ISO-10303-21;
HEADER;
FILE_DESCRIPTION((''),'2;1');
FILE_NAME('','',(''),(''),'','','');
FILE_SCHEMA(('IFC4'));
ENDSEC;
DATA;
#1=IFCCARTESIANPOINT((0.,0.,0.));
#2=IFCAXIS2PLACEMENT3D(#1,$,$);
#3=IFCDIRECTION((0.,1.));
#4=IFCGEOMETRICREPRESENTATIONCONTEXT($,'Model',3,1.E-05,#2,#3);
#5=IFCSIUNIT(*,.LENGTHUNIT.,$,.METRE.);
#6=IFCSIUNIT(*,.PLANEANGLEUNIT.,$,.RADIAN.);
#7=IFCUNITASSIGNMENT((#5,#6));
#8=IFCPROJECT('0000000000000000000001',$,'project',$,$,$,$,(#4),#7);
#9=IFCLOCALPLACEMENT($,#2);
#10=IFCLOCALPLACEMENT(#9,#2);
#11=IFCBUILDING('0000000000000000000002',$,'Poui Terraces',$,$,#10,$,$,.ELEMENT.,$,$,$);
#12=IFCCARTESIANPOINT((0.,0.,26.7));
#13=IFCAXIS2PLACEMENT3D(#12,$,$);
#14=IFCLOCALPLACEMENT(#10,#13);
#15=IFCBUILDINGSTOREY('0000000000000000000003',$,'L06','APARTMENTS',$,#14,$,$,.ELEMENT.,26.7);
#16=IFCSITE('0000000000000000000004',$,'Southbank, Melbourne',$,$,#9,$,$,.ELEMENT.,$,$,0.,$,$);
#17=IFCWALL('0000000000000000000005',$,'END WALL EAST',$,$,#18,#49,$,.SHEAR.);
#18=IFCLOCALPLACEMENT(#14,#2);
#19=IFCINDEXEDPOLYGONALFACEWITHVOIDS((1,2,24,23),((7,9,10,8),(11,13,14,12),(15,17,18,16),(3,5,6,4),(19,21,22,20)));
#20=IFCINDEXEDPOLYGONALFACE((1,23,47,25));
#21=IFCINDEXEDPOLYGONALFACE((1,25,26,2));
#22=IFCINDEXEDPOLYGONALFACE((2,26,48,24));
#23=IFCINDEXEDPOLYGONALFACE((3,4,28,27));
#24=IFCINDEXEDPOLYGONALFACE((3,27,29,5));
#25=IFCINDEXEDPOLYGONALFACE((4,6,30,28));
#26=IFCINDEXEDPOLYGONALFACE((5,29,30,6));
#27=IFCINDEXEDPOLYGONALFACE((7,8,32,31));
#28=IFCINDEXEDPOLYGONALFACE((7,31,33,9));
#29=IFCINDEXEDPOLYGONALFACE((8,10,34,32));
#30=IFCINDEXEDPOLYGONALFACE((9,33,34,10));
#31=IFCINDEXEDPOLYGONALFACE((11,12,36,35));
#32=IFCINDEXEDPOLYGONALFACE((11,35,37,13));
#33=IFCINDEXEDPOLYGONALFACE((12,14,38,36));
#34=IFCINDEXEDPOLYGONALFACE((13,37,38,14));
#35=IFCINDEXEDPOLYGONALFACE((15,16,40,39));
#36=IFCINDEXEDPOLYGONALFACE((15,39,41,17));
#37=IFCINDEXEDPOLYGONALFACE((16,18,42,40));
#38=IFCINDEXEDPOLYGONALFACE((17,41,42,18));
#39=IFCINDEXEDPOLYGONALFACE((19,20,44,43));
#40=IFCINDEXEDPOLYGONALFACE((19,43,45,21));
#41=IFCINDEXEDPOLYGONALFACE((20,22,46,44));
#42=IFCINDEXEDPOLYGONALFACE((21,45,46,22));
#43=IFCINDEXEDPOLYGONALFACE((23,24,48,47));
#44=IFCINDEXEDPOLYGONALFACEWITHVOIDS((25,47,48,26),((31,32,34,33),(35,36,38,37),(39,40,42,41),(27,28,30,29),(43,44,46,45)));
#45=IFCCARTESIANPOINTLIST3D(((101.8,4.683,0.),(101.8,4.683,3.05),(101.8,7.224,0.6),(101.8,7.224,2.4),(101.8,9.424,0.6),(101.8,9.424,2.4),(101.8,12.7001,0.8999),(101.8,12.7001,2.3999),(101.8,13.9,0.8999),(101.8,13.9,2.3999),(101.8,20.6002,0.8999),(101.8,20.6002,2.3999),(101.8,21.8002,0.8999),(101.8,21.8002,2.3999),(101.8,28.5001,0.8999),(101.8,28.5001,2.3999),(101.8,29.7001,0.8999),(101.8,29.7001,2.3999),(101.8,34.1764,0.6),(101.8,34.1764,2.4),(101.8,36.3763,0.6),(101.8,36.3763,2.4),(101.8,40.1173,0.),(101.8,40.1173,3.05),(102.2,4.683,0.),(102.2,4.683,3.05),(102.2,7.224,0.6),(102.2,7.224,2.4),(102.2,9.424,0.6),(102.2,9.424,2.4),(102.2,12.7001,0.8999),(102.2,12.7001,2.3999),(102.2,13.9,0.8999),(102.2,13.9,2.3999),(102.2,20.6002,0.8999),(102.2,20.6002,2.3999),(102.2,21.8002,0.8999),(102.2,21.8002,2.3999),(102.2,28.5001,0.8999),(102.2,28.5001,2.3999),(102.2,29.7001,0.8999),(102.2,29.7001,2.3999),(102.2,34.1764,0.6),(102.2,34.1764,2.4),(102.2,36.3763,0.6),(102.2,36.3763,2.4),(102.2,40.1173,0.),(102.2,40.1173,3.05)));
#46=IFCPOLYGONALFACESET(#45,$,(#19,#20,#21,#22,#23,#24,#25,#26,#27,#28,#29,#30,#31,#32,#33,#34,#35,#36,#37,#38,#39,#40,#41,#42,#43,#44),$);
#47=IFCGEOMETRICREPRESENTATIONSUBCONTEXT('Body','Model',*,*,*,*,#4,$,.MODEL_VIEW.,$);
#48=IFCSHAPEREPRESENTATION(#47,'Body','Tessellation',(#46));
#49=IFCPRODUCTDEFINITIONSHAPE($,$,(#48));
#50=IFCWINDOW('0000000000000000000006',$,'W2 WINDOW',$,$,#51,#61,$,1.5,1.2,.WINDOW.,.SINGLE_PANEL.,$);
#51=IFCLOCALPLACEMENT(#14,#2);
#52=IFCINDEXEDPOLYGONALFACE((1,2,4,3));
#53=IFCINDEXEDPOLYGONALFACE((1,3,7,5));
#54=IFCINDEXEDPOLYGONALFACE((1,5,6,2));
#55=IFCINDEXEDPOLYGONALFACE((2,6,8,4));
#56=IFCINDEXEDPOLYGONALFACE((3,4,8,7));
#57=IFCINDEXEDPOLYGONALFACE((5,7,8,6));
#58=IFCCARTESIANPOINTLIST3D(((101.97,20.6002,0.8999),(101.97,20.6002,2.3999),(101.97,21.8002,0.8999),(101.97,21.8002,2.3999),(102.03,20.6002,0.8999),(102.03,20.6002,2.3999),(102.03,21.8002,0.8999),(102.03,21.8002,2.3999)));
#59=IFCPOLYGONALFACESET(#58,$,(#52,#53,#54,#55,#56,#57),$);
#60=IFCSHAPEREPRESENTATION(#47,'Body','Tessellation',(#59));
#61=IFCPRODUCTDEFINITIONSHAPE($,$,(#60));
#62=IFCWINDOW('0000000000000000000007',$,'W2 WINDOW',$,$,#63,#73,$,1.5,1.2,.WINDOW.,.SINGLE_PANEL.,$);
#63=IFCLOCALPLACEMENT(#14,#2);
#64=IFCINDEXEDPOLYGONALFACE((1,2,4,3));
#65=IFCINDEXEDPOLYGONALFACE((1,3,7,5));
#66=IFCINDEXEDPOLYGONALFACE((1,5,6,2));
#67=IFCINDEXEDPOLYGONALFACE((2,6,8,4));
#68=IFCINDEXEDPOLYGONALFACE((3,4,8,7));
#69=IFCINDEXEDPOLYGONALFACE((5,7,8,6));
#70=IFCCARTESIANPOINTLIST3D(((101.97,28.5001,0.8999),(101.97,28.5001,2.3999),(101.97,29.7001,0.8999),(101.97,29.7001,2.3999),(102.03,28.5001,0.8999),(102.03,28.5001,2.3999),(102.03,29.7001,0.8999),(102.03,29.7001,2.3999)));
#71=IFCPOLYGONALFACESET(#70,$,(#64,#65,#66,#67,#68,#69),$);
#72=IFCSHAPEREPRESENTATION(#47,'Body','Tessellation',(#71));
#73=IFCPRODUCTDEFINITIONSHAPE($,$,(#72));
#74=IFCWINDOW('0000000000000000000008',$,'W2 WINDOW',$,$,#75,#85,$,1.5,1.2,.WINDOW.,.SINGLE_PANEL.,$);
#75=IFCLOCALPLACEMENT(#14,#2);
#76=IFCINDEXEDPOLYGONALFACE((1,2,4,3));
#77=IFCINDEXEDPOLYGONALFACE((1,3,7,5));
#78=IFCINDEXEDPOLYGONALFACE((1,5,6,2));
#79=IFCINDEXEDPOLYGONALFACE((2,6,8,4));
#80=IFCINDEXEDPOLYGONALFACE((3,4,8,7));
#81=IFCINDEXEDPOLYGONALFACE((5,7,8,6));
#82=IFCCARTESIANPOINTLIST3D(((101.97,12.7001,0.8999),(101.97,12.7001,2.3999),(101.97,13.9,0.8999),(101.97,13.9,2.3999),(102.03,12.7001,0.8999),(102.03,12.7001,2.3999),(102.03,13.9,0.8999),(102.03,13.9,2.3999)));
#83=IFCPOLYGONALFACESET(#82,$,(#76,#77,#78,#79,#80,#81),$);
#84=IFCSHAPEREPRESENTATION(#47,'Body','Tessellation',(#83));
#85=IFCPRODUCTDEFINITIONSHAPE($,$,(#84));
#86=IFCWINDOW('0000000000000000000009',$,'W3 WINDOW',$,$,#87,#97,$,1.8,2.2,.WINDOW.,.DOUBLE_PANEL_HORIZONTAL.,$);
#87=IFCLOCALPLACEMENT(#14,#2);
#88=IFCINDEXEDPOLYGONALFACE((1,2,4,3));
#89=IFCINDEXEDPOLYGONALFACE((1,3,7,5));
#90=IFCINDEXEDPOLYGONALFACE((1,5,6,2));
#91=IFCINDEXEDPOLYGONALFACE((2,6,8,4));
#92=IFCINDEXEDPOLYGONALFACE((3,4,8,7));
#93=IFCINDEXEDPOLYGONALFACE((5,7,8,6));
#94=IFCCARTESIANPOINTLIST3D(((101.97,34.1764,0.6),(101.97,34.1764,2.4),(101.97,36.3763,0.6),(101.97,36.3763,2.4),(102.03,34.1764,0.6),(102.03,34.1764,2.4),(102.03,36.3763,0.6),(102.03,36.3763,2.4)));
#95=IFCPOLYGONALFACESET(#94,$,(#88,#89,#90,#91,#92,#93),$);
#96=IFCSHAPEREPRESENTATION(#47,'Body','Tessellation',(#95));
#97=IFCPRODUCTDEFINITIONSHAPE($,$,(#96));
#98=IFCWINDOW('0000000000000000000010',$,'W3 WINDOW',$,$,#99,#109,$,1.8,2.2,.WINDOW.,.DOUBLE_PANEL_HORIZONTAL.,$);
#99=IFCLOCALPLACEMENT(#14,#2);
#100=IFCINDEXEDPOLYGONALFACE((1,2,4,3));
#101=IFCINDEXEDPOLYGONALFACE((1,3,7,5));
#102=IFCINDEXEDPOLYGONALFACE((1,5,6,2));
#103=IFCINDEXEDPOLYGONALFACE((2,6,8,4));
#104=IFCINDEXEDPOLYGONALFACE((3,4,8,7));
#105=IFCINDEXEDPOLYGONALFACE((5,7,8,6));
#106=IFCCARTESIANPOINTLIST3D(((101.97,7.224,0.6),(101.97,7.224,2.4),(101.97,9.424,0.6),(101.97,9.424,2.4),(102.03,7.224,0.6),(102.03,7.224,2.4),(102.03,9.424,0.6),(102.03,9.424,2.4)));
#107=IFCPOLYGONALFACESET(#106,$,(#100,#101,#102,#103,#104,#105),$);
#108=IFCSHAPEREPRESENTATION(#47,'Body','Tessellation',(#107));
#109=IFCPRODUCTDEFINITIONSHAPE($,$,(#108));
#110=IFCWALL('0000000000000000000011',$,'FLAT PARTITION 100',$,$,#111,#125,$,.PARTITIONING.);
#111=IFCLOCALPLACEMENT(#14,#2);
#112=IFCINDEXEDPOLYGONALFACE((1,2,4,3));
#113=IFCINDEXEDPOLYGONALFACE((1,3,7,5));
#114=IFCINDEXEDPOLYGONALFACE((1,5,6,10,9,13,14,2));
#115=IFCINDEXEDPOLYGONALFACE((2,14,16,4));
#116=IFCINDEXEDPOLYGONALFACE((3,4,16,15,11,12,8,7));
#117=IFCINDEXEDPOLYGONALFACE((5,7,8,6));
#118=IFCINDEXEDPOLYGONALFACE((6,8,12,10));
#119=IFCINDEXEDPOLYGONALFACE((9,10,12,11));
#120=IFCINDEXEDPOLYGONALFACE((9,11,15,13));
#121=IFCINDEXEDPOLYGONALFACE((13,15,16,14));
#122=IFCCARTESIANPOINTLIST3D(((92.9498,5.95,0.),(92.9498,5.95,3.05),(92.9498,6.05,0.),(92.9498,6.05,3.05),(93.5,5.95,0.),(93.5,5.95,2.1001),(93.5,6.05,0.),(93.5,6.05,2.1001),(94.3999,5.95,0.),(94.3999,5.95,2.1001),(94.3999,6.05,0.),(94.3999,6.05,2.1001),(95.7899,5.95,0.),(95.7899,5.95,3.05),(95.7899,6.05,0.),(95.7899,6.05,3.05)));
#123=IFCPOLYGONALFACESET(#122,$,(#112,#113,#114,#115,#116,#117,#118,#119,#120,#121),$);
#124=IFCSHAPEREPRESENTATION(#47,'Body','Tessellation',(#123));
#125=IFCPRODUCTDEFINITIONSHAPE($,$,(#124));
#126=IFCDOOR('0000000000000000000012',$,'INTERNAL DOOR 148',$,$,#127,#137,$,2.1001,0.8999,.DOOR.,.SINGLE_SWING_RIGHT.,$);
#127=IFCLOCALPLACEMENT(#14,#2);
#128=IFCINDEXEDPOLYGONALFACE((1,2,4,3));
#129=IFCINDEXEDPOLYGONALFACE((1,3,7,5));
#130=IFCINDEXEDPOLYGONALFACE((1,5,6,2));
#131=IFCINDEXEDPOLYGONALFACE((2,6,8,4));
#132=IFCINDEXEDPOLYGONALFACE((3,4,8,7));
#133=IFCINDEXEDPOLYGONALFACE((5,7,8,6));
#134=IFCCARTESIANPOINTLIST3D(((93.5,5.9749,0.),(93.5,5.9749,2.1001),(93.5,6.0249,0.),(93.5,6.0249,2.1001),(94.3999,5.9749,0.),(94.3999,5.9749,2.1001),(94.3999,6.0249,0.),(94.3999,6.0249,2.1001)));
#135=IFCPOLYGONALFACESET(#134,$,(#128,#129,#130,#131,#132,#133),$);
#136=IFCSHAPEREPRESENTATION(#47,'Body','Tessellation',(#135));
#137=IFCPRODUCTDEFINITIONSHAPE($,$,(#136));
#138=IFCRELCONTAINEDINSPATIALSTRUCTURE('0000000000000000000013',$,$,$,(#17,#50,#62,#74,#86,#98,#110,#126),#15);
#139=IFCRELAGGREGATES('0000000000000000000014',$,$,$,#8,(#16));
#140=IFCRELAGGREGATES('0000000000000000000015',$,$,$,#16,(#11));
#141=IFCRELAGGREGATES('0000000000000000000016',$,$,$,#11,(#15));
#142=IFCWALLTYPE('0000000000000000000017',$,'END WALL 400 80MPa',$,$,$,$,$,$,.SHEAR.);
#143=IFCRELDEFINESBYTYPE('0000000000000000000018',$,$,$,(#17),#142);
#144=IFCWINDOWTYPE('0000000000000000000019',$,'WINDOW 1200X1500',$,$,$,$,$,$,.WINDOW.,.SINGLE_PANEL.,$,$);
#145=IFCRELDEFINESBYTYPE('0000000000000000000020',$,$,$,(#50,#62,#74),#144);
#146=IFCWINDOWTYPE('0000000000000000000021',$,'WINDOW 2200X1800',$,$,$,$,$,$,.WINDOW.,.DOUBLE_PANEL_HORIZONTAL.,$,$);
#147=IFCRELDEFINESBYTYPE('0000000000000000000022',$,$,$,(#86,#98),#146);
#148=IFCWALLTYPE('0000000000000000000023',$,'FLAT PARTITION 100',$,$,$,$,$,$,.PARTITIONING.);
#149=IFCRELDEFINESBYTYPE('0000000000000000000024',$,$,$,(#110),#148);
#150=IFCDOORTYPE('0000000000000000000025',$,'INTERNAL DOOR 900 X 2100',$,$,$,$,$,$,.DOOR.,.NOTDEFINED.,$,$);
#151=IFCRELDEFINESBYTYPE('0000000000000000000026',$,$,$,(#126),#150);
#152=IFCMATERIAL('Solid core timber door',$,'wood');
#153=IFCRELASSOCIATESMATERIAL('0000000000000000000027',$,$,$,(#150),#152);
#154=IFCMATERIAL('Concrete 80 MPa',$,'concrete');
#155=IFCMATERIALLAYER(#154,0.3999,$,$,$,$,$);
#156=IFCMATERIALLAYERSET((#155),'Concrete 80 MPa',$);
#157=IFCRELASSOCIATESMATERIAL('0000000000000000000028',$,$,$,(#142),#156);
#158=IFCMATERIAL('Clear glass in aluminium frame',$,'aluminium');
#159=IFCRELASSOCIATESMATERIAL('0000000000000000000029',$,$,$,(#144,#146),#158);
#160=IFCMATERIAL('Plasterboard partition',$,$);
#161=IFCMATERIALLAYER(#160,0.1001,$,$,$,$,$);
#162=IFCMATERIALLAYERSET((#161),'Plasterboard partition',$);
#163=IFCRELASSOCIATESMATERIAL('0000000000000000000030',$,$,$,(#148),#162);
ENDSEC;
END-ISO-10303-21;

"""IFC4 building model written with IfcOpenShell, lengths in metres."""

from ifc_helpers import new_model, si_unit, direction, frame, frame_2d, origin, place, context, subcontext, project, spatial, rectangle, extrude, material, layer, layer_set, type_object, element, fill, save


model = new_model("IFC4")

# Units and contexts
model_context = context("Model", 3, precision=1e-05, world=origin(), true_north=direction((0.0, 1.0)))
body_context = subcontext(model_context, "Body", "Model", "MODEL_VIEW")
ifc_project = project(units=[si_unit("LENGTHUNIT", "METRE"), si_unit("PLANEANGLEUNIT", "RADIAN")], contexts=[model_context])

# Site, building, storey
site_placement = place(None, origin())
site = spatial("IfcSite", under=ifc_project, at=site_placement, Name="Southbank, Melbourne", CompositionType="ELEMENT", RefElevation=0.0)
building_placement = place(site_placement, origin())
building = spatial("IfcBuilding", under=site, at=building_placement, Name="Poui Terraces", CompositionType="ELEMENT")
storey_placement = place(building_placement, frame((0.0, 0.0, 26.7)))
storey = spatial("IfcBuildingStorey", under=building, at=storey_placement, Name="L06", Description="APARTMENTS", CompositionType="ELEMENT", Elevation=26.7)

# Shared definitions
ifc_material_1 = material(Name="Concrete 80 MPa", Category="concrete")

# Shared definitions
ifc_material_2 = material(Name="Solid core timber door", Category="wood")
door_type_1 = type_object("IfcDoorType", Name="INTERNAL DOOR 900 X 2100", OperationType="NOTDEFINED", PredefinedType="DOOR", material=ifc_material_2)

# Wall, openings, windows
ifc_layer_1 = layer(ifc_material_1, 0.3999)
ifc_layer_set_1 = layer_set([ifc_layer_1], Name="Concrete 80 MPa")
wall_type_1 = type_object("IfcWallType", Name="END WALL 400 80MPa", PredefinedType="SHEAR", material=ifc_layer_set_1)
wall_1_placement = place(storey_placement, frame((102.0, 4.6829, 0.0), z_axis=(0.0, 0.0, 1.0), x_axis=(0.0, 1.0, 0.0)))
wall_1 = element("IfcWall", 1, at=wall_1_placement, inside=storey, type_object=wall_type_1, Name="END WALL EAST", PredefinedType="SHEAR", context=body_context, shape_type="SweptSolid", body=[
    extrude(rectangle(XDim=35.4343, YDim=0.3999, at=frame_2d((17.7173, 0.0))), origin(), (0.0, 0.0, 1.0), 3.05),
])
opening_1_placement = place(wall_1_placement, frame((15.9172, 0.0, 0.8999)))
opening_1 = element("IfcOpeningElement", 2, at=opening_1_placement, cuts=wall_1, PredefinedType="OPENING", context=body_context, shape_type="SweptSolid", body=[
    extrude(rectangle(XDim=1.2, YDim=1.5, at=frame_2d((0.6001, 0.75))), frame((0.0, 0.21, 0.0), z_axis=(0.0, -1.0, 0.0), x_axis=(1.0, 0.0, 0.0)), (0.0, 0.0, 1.0), 0.4199),
])
opening_2_placement = place(wall_1_placement, frame((23.8171, 0.0, 0.8999)))
opening_2 = element("IfcOpeningElement", 3, at=opening_2_placement, cuts=wall_1, PredefinedType="OPENING", context=body_context, shape_type="SweptSolid", body=[
    extrude(rectangle(XDim=1.2, YDim=1.5, at=frame_2d((0.6001, 0.75))), frame((0.0, 0.21, 0.0), z_axis=(0.0, -1.0, 0.0), x_axis=(1.0, 0.0, 0.0)), (0.0, 0.0, 1.0), 0.4199),
])
opening_3_placement = place(wall_1_placement, frame((8.0171, 0.0, 0.8999)))
opening_3 = element("IfcOpeningElement", 4, at=opening_3_placement, cuts=wall_1, PredefinedType="OPENING", context=body_context, shape_type="SweptSolid", body=[
    extrude(rectangle(XDim=1.2, YDim=1.5, at=frame_2d((0.6001, 0.75))), frame((0.0, 0.21, 0.0), z_axis=(0.0, -1.0, 0.0), x_axis=(1.0, 0.0, 0.0)), (0.0, 0.0, 1.0), 0.4199),
])
opening_4_placement = place(wall_1_placement, frame((29.4934, 0.0, 0.6001)))
opening_4 = element("IfcOpeningElement", 5, at=opening_4_placement, cuts=wall_1, PredefinedType="OPENING", context=body_context, shape_type="SweptSolid", body=[
    extrude(rectangle(XDim=2.2, YDim=1.8, at=frame_2d((1.1001, 0.8999))), frame((0.0, 0.21, 0.0), z_axis=(0.0, -1.0, 0.0), x_axis=(1.0, 0.0, 0.0)), (0.0, 0.0, 1.0), 0.4199),
])
opening_5_placement = place(wall_1_placement, frame((2.541, 0.0, 0.6001)))
opening_5 = element("IfcOpeningElement", 6, at=opening_5_placement, cuts=wall_1, PredefinedType="OPENING", context=body_context, shape_type="SweptSolid", body=[
    extrude(rectangle(XDim=2.2, YDim=1.8, at=frame_2d((1.1001, 0.8999))), frame((0.0, 0.21, 0.0), z_axis=(0.0, -1.0, 0.0), x_axis=(1.0, 0.0, 0.0)), (0.0, 0.0, 1.0), 0.4199),
])
ifc_material_3 = material(Name="Clear glass in aluminium frame", Category="aluminium")
window_type_1 = type_object("IfcWindowType", Name="WINDOW 1200X1500", PartitioningType="SINGLE_PANEL", PredefinedType="WINDOW", material=ifc_material_3)
window_1_placement = place(opening_1_placement, origin())
window_1 = element("IfcWindow", 7, at=window_1_placement, inside=storey, type_object=window_type_1, Name="W2 WINDOW", OverallHeight=1.5, OverallWidth=1.2, PartitioningType="SINGLE_PANEL", PredefinedType="WINDOW", context=body_context, shape_type="SweptSolid", body=[
    extrude(rectangle(XDim=1.2, YDim=1.5, at=frame_2d((0.6001, 0.75))), frame((0.0, 0.03, 0.0), z_axis=(0.0, -1.0, 0.0), x_axis=(1.0, 0.0, 0.0)), (0.0, 0.0, 1.0), 0.0601),
])
fill(opening_1, window_1)
window_2_placement = place(opening_2_placement, origin())
window_2 = element("IfcWindow", 8, at=window_2_placement, inside=storey, type_object=window_type_1, Name="W2 WINDOW", OverallHeight=1.5, OverallWidth=1.2, PartitioningType="SINGLE_PANEL", PredefinedType="WINDOW", context=body_context, shape_type="SweptSolid", body=[
    extrude(rectangle(XDim=1.2, YDim=1.5, at=frame_2d((0.6001, 0.75))), frame((0.0, 0.03, 0.0), z_axis=(0.0, -1.0, 0.0), x_axis=(1.0, 0.0, 0.0)), (0.0, 0.0, 1.0), 0.0601),
])
fill(opening_2, window_2)
window_3_placement = place(opening_3_placement, origin())
window_3 = element("IfcWindow", 9, at=window_3_placement, inside=storey, type_object=window_type_1, Name="W2 WINDOW", OverallHeight=1.5, OverallWidth=1.2, PartitioningType="SINGLE_PANEL", PredefinedType="WINDOW", context=body_context, shape_type="SweptSolid", body=[
    extrude(rectangle(XDim=1.2, YDim=1.5, at=frame_2d((0.6001, 0.75))), frame((0.0, 0.03, 0.0), z_axis=(0.0, -1.0, 0.0), x_axis=(1.0, 0.0, 0.0)), (0.0, 0.0, 1.0), 0.0601),
])
fill(opening_3, window_3)
window_type_2 = type_object("IfcWindowType", Name="WINDOW 2200X1800", PartitioningType="DOUBLE_PANEL_HORIZONTAL", PredefinedType="WINDOW", material=ifc_material_3)
window_4_placement = place(opening_4_placement, origin())
window_4 = element("IfcWindow", 10, at=window_4_placement, inside=storey, type_object=window_type_2, Name="W3 WINDOW", OverallHeight=1.8, OverallWidth=2.2, PartitioningType="DOUBLE_PANEL_HORIZONTAL", PredefinedType="WINDOW", context=body_context, shape_type="SweptSolid", body=[
    extrude(rectangle(XDim=2.2, YDim=1.8, at=frame_2d((1.1001, 0.8999))), frame((0.0, 0.03, 0.0), z_axis=(0.0, -1.0, 0.0), x_axis=(1.0, 0.0, 0.0)), (0.0, 0.0, 1.0), 0.0601),
])
fill(opening_4, window_4)
window_5_placement = place(opening_5_placement, origin())
window_5 = element("IfcWindow", 11, at=window_5_placement, inside=storey, type_object=window_type_2, Name="W3 WINDOW", OverallHeight=1.8, OverallWidth=2.2, PartitioningType="DOUBLE_PANEL_HORIZONTAL", PredefinedType="WINDOW", context=body_context, shape_type="SweptSolid", body=[
    extrude(rectangle(XDim=2.2, YDim=1.8, at=frame_2d((1.1001, 0.8999))), frame((0.0, 0.03, 0.0), z_axis=(0.0, -1.0, 0.0), x_axis=(1.0, 0.0, 0.0)), (0.0, 0.0, 1.0), 0.0601),
])
fill(opening_5, window_5)

# Wall, opening, door
ifc_material_4 = material(Name="Plasterboard partition")
ifc_layer_2 = layer(ifc_material_4, 0.1001)
ifc_layer_set_2 = layer_set([ifc_layer_2], Name="Plasterboard partition")
wall_type_2 = type_object("IfcWallType", Name="FLAT PARTITION 100", PredefinedType="PARTITIONING", material=ifc_layer_set_2)
wall_2_placement = place(storey_placement, frame((92.95, 6.0, 0.0), z_axis=(0.0, 0.0, 1.0), x_axis=(1.0, 0.0, 0.0)))
wall_2 = element("IfcWall", 12, at=wall_2_placement, inside=storey, type_object=wall_type_2, Name="FLAT PARTITION 100", PredefinedType="PARTITIONING", context=body_context, shape_type="SweptSolid", body=[
    extrude(rectangle(XDim=2.8401, YDim=0.1001, at=frame_2d((1.4199, 0.0))), origin(), (0.0, 0.0, 1.0), 3.05),
])
opening_6_placement = place(wall_2_placement, frame((0.55, 0.0, 0.0)))
opening_6 = element("IfcOpeningElement", 13, at=opening_6_placement, cuts=wall_2, PredefinedType="OPENING", context=body_context, shape_type="SweptSolid", body=[
    extrude(rectangle(XDim=0.8999, YDim=2.1001, at=frame_2d((0.45, 1.05))), frame((0.0, 0.0601, 0.0), z_axis=(0.0, -1.0, 0.0), x_axis=(1.0, 0.0, 0.0)), (0.0, 0.0, 1.0), 0.1201),
])
door_1_placement = place(opening_6_placement, origin())
door_1 = element("IfcDoor", 14, at=door_1_placement, inside=storey, type_object=door_type_1, Name="INTERNAL DOOR 148", OperationType="SINGLE_SWING_RIGHT", OverallHeight=2.1001, OverallWidth=0.8999, PredefinedType="DOOR", context=body_context, shape_type="SweptSolid", body=[
    extrude(rectangle(XDim=0.8999, YDim=2.1001, at=frame_2d((0.45, 1.05))), frame((0.0, 0.0249, 0.0), z_axis=(0.0, -1.0, 0.0), x_axis=(1.0, 0.0, 0.0)), (0.0, 0.0, 1.0), 0.05),
])
fill(opening_6, door_1)

save(model, "model.ifc")
